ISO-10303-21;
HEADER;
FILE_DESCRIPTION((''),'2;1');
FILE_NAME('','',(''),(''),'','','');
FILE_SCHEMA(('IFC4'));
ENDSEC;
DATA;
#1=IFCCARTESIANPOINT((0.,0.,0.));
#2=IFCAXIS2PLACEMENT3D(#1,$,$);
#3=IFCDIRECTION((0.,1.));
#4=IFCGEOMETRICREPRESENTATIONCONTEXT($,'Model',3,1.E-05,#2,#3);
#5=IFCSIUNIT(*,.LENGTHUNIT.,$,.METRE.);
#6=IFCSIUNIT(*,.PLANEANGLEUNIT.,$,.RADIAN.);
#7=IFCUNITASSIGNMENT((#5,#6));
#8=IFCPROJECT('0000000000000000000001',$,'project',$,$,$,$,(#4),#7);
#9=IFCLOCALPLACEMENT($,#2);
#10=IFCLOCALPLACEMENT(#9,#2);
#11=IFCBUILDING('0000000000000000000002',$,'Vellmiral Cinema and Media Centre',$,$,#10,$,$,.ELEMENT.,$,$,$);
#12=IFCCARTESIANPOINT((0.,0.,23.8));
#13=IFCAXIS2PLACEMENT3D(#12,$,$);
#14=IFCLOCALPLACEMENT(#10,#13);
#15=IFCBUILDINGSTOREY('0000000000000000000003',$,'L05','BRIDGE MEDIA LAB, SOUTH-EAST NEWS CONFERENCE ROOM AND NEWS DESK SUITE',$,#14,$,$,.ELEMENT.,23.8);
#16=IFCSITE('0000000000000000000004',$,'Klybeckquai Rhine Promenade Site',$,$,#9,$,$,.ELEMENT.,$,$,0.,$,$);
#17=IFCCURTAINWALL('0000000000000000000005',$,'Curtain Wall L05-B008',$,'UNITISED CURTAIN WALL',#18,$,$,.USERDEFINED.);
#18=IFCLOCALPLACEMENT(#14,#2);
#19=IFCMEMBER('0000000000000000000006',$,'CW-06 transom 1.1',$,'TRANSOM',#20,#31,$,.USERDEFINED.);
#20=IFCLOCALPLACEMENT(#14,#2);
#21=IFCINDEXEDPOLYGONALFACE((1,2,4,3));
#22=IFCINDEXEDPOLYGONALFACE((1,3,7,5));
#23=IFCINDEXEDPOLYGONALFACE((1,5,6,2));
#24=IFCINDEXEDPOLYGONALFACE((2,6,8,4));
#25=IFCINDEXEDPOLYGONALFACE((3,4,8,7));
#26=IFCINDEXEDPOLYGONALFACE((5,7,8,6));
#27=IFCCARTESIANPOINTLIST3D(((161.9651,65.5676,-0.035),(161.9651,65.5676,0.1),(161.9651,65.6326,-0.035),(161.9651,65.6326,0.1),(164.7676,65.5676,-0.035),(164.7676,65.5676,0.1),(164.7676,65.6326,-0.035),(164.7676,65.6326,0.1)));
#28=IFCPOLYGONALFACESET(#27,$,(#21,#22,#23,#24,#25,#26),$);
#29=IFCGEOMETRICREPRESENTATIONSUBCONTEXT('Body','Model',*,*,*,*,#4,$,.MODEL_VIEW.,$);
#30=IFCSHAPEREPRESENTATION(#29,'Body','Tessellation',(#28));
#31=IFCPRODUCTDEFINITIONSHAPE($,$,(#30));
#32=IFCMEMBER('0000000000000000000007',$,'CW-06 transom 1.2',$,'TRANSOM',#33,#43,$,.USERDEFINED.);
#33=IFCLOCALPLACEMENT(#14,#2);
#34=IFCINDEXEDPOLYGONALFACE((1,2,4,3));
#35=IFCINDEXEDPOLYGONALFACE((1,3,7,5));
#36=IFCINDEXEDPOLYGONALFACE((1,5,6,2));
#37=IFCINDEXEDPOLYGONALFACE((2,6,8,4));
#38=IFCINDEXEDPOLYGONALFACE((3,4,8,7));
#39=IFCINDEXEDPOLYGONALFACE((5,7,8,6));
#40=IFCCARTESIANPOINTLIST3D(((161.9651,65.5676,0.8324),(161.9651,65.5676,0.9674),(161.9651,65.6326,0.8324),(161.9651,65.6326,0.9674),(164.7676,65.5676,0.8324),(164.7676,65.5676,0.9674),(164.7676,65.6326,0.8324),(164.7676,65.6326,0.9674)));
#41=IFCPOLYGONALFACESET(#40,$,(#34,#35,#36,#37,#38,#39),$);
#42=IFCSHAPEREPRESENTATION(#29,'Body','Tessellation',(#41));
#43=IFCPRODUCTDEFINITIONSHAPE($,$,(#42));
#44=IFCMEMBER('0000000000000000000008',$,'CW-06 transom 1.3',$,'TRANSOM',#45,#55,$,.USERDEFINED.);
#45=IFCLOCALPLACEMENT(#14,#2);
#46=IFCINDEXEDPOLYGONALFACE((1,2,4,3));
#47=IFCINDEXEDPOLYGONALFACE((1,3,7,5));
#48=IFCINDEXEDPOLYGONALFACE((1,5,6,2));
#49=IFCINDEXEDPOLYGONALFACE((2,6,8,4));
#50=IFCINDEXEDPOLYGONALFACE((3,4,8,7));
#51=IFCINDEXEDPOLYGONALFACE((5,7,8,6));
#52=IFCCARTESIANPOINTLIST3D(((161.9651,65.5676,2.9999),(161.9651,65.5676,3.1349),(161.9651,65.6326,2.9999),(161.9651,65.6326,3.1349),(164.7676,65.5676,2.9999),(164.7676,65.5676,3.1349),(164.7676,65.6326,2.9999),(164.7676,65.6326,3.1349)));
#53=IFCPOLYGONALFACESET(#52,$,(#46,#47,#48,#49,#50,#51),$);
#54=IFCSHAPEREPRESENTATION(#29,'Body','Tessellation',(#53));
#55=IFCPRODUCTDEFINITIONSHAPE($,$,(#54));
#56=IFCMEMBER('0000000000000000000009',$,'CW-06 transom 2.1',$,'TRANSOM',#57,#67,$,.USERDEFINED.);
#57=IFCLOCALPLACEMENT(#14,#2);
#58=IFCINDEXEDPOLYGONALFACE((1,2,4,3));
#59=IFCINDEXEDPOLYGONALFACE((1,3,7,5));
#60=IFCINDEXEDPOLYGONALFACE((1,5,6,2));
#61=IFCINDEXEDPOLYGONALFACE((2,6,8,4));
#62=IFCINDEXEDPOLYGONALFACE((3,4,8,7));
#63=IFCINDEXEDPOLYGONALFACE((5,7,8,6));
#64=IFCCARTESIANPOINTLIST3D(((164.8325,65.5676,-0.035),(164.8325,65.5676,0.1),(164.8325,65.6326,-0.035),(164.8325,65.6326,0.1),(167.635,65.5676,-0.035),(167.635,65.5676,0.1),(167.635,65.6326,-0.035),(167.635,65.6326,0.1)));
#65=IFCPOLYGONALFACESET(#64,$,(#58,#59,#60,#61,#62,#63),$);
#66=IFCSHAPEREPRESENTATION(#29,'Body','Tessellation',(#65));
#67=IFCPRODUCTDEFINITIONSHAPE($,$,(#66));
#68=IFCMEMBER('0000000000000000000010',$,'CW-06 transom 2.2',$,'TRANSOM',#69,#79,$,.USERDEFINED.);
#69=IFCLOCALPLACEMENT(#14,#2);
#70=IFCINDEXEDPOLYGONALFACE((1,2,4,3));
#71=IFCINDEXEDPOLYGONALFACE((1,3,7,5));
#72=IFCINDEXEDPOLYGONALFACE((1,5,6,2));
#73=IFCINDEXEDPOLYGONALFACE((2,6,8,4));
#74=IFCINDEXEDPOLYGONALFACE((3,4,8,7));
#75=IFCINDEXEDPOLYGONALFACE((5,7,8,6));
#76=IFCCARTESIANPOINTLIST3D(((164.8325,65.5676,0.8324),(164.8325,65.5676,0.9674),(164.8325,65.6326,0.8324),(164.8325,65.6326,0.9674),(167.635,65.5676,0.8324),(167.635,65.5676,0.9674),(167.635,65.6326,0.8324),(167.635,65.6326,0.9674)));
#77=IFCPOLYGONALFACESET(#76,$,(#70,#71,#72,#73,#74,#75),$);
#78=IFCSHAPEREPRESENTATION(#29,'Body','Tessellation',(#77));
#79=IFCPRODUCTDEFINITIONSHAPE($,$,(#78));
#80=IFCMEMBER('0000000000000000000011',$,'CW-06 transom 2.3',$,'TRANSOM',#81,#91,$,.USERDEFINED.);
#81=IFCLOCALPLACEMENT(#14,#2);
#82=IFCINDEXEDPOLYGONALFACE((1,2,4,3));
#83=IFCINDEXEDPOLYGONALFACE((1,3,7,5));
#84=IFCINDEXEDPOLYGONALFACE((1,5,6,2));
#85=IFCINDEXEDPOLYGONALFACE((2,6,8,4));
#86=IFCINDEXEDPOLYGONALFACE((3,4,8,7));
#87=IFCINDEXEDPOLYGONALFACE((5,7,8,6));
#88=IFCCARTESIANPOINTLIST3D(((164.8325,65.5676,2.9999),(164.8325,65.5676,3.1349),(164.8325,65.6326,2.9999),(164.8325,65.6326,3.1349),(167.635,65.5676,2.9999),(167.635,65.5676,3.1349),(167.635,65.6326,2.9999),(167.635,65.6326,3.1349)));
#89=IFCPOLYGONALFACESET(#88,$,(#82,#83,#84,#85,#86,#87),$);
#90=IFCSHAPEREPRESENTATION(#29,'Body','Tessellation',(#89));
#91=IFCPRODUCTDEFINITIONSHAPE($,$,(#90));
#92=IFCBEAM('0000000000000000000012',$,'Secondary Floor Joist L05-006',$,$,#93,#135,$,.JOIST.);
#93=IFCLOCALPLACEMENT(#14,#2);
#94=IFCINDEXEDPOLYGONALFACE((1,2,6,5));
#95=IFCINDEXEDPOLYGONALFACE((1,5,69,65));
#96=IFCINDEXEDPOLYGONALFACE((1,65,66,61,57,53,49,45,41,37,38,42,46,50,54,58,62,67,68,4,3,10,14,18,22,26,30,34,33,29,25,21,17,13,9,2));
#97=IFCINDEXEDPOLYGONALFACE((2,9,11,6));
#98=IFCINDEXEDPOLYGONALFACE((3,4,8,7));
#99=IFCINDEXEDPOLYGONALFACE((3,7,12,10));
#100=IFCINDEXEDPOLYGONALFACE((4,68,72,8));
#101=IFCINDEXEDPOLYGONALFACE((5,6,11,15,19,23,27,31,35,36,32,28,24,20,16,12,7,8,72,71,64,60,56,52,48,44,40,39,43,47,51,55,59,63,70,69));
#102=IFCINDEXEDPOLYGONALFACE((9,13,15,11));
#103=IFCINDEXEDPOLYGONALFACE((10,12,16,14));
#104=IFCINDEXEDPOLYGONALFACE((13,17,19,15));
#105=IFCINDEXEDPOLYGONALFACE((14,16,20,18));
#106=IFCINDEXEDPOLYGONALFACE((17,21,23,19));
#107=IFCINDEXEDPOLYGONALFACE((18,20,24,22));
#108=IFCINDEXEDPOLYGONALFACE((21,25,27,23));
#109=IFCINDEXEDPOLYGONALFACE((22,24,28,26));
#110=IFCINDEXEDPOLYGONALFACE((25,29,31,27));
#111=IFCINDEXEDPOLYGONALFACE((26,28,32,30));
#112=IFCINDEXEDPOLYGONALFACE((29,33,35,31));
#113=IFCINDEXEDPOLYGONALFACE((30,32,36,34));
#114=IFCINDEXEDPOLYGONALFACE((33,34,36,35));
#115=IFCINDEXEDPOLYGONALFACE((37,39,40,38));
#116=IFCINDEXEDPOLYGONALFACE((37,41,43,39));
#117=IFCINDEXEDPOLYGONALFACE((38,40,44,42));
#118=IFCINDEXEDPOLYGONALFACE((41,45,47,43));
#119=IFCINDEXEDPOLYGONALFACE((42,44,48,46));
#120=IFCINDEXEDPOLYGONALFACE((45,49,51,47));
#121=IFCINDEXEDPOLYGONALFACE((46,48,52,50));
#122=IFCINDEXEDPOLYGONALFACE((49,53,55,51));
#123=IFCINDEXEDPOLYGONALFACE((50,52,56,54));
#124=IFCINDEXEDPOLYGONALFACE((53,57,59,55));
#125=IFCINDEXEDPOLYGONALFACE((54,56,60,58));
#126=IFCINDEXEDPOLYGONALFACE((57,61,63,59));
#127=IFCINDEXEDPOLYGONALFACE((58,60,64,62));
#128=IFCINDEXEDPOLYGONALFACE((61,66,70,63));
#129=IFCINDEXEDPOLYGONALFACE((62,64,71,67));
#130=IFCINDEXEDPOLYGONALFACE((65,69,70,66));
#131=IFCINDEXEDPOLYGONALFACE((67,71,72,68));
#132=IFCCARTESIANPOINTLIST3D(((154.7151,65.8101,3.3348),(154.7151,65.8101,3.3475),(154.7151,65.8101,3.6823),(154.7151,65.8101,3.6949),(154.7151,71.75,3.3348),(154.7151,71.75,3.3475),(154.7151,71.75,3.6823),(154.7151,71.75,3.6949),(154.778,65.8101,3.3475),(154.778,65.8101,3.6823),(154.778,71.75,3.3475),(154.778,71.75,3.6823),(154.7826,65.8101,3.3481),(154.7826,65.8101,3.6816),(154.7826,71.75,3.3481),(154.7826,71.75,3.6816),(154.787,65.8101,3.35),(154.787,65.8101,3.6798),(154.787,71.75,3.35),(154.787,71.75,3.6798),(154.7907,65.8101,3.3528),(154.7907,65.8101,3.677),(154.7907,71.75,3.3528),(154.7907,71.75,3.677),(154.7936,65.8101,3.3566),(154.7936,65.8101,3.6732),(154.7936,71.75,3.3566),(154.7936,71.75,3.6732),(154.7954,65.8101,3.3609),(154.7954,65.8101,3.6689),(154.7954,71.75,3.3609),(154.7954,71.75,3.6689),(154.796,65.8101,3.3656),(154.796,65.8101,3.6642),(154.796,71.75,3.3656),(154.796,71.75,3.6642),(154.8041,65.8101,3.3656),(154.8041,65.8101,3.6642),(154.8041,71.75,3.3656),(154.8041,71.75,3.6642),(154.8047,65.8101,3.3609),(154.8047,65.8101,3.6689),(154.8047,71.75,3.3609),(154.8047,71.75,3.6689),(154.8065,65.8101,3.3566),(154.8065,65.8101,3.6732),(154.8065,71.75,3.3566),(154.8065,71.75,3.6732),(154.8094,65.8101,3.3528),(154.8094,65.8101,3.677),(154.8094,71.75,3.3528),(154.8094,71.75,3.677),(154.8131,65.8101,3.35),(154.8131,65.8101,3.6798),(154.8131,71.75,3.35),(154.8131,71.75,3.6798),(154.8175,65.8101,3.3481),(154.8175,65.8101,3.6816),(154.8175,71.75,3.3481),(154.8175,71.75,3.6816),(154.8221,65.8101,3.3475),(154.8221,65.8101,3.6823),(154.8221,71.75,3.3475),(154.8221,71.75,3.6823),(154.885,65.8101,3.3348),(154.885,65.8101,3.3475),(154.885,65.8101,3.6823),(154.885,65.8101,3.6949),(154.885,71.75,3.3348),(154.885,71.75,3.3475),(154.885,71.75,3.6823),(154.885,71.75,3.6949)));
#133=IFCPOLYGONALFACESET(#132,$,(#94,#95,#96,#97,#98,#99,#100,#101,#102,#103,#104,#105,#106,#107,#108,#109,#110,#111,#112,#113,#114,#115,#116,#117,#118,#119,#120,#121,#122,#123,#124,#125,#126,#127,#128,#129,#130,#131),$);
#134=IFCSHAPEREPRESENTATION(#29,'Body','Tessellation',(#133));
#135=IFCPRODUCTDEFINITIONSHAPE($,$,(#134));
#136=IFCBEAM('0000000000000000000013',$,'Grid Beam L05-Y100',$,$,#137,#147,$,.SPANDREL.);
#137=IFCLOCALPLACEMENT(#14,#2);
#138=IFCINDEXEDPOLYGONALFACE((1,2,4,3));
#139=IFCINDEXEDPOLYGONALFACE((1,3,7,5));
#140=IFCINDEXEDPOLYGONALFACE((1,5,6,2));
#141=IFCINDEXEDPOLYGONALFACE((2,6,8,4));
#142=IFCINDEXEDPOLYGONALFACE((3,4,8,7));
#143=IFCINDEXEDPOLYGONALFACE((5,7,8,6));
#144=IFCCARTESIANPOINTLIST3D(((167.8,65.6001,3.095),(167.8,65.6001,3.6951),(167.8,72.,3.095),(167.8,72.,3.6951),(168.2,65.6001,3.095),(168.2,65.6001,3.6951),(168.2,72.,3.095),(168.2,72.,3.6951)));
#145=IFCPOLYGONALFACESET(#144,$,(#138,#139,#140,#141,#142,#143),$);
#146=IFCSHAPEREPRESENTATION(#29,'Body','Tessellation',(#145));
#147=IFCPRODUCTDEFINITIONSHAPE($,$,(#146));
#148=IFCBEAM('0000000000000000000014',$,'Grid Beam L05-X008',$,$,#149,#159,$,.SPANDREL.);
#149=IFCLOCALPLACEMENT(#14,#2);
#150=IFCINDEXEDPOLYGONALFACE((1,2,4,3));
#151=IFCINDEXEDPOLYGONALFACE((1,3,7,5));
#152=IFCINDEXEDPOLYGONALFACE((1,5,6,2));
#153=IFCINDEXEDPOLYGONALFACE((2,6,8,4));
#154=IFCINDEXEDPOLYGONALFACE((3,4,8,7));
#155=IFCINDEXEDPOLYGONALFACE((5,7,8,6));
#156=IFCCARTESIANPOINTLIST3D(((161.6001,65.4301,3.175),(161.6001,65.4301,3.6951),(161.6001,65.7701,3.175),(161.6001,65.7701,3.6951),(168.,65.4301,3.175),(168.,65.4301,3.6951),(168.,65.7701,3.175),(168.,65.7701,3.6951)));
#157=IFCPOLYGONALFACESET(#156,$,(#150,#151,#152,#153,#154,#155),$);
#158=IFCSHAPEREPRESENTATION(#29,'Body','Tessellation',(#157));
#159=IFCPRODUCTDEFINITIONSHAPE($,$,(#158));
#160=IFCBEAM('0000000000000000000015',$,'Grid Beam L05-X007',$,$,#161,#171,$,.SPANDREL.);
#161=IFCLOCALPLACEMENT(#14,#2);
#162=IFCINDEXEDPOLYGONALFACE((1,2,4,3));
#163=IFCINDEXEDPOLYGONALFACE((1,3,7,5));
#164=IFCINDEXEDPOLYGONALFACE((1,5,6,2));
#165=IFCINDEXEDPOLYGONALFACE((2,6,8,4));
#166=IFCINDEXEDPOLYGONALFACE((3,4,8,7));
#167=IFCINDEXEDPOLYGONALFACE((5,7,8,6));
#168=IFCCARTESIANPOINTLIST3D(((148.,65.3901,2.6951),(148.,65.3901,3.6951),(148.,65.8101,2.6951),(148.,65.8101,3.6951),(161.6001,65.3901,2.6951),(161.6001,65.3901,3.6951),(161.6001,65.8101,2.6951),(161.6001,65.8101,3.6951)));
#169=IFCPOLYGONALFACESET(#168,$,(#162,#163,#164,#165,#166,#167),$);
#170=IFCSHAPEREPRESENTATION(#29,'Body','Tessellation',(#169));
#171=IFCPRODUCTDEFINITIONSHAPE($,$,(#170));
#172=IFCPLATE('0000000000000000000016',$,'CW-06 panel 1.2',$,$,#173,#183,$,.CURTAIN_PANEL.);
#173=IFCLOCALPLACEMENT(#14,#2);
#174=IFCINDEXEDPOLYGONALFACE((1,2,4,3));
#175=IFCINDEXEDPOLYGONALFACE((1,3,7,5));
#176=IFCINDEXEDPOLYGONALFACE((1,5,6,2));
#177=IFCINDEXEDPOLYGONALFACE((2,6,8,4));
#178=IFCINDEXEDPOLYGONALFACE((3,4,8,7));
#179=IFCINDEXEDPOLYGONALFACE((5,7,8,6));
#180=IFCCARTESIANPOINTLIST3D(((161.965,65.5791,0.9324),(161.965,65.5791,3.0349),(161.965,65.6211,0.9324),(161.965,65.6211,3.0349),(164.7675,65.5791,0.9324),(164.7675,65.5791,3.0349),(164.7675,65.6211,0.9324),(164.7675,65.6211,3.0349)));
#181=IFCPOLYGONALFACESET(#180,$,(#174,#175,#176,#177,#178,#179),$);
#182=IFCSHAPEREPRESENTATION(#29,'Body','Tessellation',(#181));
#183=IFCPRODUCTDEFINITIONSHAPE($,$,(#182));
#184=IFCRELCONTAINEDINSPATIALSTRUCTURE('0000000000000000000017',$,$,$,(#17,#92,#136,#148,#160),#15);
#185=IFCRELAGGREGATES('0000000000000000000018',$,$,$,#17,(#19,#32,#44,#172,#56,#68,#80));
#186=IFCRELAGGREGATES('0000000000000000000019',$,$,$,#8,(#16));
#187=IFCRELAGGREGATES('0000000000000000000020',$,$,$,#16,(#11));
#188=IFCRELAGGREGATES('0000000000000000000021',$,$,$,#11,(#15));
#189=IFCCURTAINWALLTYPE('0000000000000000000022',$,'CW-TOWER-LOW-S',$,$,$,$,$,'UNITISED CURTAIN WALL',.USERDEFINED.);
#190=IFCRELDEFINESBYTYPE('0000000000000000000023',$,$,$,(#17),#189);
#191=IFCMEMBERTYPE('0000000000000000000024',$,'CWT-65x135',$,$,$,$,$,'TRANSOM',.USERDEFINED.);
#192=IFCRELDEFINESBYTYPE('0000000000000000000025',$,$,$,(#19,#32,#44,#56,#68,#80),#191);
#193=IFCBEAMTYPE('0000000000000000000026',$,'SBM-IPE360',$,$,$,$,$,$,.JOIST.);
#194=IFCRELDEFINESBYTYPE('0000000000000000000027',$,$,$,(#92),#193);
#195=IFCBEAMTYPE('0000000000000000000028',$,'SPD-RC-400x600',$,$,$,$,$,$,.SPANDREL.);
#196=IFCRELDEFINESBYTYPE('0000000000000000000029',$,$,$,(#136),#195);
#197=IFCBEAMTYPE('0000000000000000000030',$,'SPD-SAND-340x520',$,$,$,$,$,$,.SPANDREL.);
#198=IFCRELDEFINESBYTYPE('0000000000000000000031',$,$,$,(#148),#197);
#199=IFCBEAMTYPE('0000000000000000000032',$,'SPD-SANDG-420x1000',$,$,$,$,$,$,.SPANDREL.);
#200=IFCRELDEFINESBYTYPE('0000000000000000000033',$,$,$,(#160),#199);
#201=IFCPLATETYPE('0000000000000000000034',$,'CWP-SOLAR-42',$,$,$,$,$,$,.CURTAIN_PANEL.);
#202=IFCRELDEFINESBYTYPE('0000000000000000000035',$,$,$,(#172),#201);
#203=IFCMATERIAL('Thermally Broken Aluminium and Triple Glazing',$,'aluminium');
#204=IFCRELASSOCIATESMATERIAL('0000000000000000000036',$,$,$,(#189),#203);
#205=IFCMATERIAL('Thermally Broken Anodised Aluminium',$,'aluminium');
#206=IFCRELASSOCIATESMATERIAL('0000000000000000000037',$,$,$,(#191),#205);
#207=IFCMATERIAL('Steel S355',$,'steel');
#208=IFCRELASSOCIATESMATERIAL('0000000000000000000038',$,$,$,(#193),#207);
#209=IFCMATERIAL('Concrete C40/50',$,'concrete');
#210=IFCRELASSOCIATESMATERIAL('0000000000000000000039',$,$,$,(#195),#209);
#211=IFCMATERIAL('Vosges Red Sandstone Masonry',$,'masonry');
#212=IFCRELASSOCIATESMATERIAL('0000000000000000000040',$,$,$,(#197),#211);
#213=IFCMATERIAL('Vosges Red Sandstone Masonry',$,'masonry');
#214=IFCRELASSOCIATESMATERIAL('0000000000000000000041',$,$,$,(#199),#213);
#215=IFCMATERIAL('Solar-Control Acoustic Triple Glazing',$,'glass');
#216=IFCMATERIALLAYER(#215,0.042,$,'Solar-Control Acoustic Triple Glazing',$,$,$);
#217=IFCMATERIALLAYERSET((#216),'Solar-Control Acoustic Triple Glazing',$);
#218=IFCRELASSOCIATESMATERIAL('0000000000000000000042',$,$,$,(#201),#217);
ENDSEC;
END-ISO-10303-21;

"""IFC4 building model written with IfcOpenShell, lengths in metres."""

from ifc_helpers import new_model, si_unit, direction, frame, origin, origin_2d, place, context, subcontext, project, spatial, rectangle, i_section, extrude, material, layer, layer_set, material_profile, profile_set, type_object, element, aggregate, save


model = new_model("IFC4")

# Units and contexts
model_context = context("Model", 3, precision=1e-05, world=origin(), true_north=direction((0.0, 1.0)))
body_context = subcontext(model_context, "Body", "Model", "MODEL_VIEW")
ifc_project = project(units=[si_unit("LENGTHUNIT", "METRE"), si_unit("PLANEANGLEUNIT", "RADIAN")], contexts=[model_context])

# Site, building, storey
site_placement = place(None, origin())
site = spatial("IfcSite", under=ifc_project, at=site_placement, Name="Klybeckquai Rhine Promenade Site", CompositionType="ELEMENT", RefElevation=0.0)
building_placement = place(site_placement, origin())
building = spatial("IfcBuilding", under=site, at=building_placement, Name="Vellmiral Cinema and Media Centre", CompositionType="ELEMENT")
storey_placement = place(building_placement, frame((0.0, 0.0, 23.8)))
storey = spatial("IfcBuildingStorey", under=building, at=storey_placement, Name="L05", Description="BRIDGE MEDIA LAB, SOUTH-EAST NEWS CONFERENCE ROOM AND NEWS DESK SUITE", CompositionType="ELEMENT", Elevation=23.8)

# Shared definitions
ifc_material_1 = material(Name="Thermally Broken Aluminium and Triple Glazing", Category="aluminium")
curtain_wall_type = type_object("IfcCurtainWallType", Name="CW-TOWER-LOW-S", ElementType="UNITISED CURTAIN WALL", PredefinedType="USERDEFINED", material=ifc_material_1)

# Curtain wall, members
curtain_wall_1_placement = place(storey_placement, origin())
curtain_wall_1 = element("IfcCurtainWall", 1, at=curtain_wall_1_placement, inside=storey, type_object=curtain_wall_type, Name="Curtain Wall L05-B008", ObjectType="UNITISED CURTAIN WALL", PredefinedType="USERDEFINED")
ifc_material_2 = material(Name="Thermally Broken Anodised Aluminium", Category="aluminium")
ifc_material_profile_1 = material_profile(ifc_material_2, rectangle(XDim=0.0649, YDim=0.135, at=origin_2d()), Name="MULL 65x135")
ifc_profile_set_1 = profile_set([ifc_material_profile_1], Name="Thermally Broken Anodised Aluminium")
member_type_1 = type_object("IfcMemberType", Name="CWT-65x135", ElementType="TRANSOM", PredefinedType="USERDEFINED", material=ifc_profile_set_1)
member_1_placement = place(storey_placement, frame((161.9651, 65.6001, 0.0325), z_axis=(1.0, 0.0, 0.0), x_axis=(0.0, 1.0, 0.0)))
member_1 = element("IfcMember", 2, at=member_1_placement, type_object=member_type_1, Name="CW-06 transom 1.1", ObjectType="TRANSOM", PredefinedType="USERDEFINED", context=body_context, shape_type="SweptSolid", body=[
    extrude(rectangle(XDim=0.0649, YDim=0.135, at=origin_2d()), origin(), (0.0, 0.0, 1.0), 2.8025),
])
member_2_placement = place(storey_placement, frame((161.9651, 65.6001, 0.8999), z_axis=(1.0, 0.0, 0.0), x_axis=(0.0, 1.0, 0.0)))
member_2 = element("IfcMember", 3, at=member_2_placement, type_object=member_type_1, Name="CW-06 transom 1.2", ObjectType="TRANSOM", PredefinedType="USERDEFINED", context=body_context, shape_type="SweptSolid", body=[
    extrude(rectangle(XDim=0.0649, YDim=0.135, at=origin_2d()), origin(), (0.0, 0.0, 1.0), 2.8025),
])
member_3_placement = place(storey_placement, frame((161.9651, 65.6001, 3.0674), z_axis=(1.0, 0.0, 0.0), x_axis=(0.0, 1.0, 0.0)))
member_3 = element("IfcMember", 4, at=member_3_placement, type_object=member_type_1, Name="CW-06 transom 1.3", ObjectType="TRANSOM", PredefinedType="USERDEFINED", context=body_context, shape_type="SweptSolid", body=[
    extrude(rectangle(XDim=0.0649, YDim=0.135, at=origin_2d()), origin(), (0.0, 0.0, 1.0), 2.8025),
])
member_4_placement = place(storey_placement, frame((164.8325, 65.6001, 0.0325), z_axis=(1.0, 0.0, 0.0), x_axis=(0.0, 1.0, 0.0)))
member_4 = element("IfcMember", 5, at=member_4_placement, type_object=member_type_1, Name="CW-06 transom 2.1", ObjectType="TRANSOM", PredefinedType="USERDEFINED", context=body_context, shape_type="SweptSolid", body=[
    extrude(rectangle(XDim=0.0649, YDim=0.135, at=origin_2d()), origin(), (0.0, 0.0, 1.0), 2.8025),
])
member_5_placement = place(storey_placement, frame((164.8325, 65.6001, 0.8999), z_axis=(1.0, 0.0, 0.0), x_axis=(0.0, 1.0, 0.0)))
member_5 = element("IfcMember", 6, at=member_5_placement, type_object=member_type_1, Name="CW-06 transom 2.2", ObjectType="TRANSOM", PredefinedType="USERDEFINED", context=body_context, shape_type="SweptSolid", body=[
    extrude(rectangle(XDim=0.0649, YDim=0.135, at=origin_2d()), origin(), (0.0, 0.0, 1.0), 2.8025),
])
member_6_placement = place(storey_placement, frame((164.8325, 65.6001, 3.0674), z_axis=(1.0, 0.0, 0.0), x_axis=(0.0, 1.0, 0.0)))
member_6 = element("IfcMember", 7, at=member_6_placement, type_object=member_type_1, Name="CW-06 transom 2.3", ObjectType="TRANSOM", PredefinedType="USERDEFINED", context=body_context, shape_type="SweptSolid", body=[
    extrude(rectangle(XDim=0.0649, YDim=0.135, at=origin_2d()), origin(), (0.0, 0.0, 1.0), 2.8025),
])

# Beams
ifc_material_3 = material(Name="Steel S355", Category="steel")
ifc_material_profile_2 = material_profile(ifc_material_3, i_section(OverallWidth=0.1699, OverallDepth=0.3601, WebThickness=0.0081, FlangeThickness=0.0127, FilletRadius=0.0181, at=origin_2d()), Name="IPE 360")
ifc_profile_set_2 = profile_set([ifc_material_profile_2], Name="Steel S355")
beam_type_1 = type_object("IfcBeamType", Name="SBM-IPE360", PredefinedType="JOIST", material=ifc_profile_set_2)
beam_1_placement = place(storey_placement, frame((154.8, 65.8101, 3.5149), z_axis=(0.0, 1.0, 0.0), x_axis=(-1.0, 0.0, 0.0)))
element("IfcBeam", 8, at=beam_1_placement, inside=storey, type_object=beam_type_1, Name="Secondary Floor Joist L05-006", PredefinedType="JOIST", context=body_context, shape_type="SweptSolid", body=[
    extrude(i_section(OverallWidth=0.1699, OverallDepth=0.3601, WebThickness=0.0081, FlangeThickness=0.0127, FilletRadius=0.0181, at=origin_2d()), origin(), (0.0, 0.0, 1.0), 5.9399),
])
ifc_material_4 = material(Name="Concrete C40/50", Category="concrete")
ifc_material_profile_3 = material_profile(ifc_material_4, rectangle(XDim=0.3999, YDim=0.6001, at=origin_2d()), Name="RC 400x600")
ifc_profile_set_3 = profile_set([ifc_material_profile_3], Name="Concrete C40/50")
beam_type_2 = type_object("IfcBeamType", Name="SPD-RC-400x600", PredefinedType="SPANDREL", material=ifc_profile_set_3)
beam_2_placement = place(storey_placement, frame((168.0, 65.6001, 3.395), z_axis=(0.0, 1.0, 0.0), x_axis=(-1.0, 0.0, 0.0)))
element("IfcBeam", 9, at=beam_2_placement, inside=storey, type_object=beam_type_2, Name="Grid Beam L05-Y100", PredefinedType="SPANDREL", context=body_context, shape_type="SweptSolid", body=[
    extrude(rectangle(XDim=0.3999, YDim=0.6001, at=origin_2d()), origin(), (0.0, 0.0, 1.0), 6.3999),
])
ifc_material_5 = material(Name="Vosges Red Sandstone Masonry", Category="masonry")
ifc_material_profile_4 = material_profile(ifc_material_5, rectangle(XDim=0.3401, YDim=0.52, at=origin_2d()), Name="SAND 340x520")
ifc_profile_set_4 = profile_set([ifc_material_profile_4], Name="Vosges Red Sandstone Masonry")
beam_type_3 = type_object("IfcBeamType", Name="SPD-SAND-340x520", PredefinedType="SPANDREL", material=ifc_profile_set_4)
beam_3_placement = place(storey_placement, frame((161.6001, 65.6001, 3.4351), z_axis=(1.0, 0.0, 0.0), x_axis=(0.0, 1.0, 0.0)))
element("IfcBeam", 10, at=beam_3_placement, inside=storey, type_object=beam_type_3, Name="Grid Beam L05-X008", PredefinedType="SPANDREL", context=body_context, shape_type="SweptSolid", body=[
    extrude(rectangle(XDim=0.3401, YDim=0.52, at=origin_2d()), origin(), (0.0, 0.0, 1.0), 6.3999),
])
ifc_material_6 = material(Name="Vosges Red Sandstone Masonry", Category="masonry")
ifc_material_profile_5 = material_profile(ifc_material_6, rectangle(XDim=0.4199, YDim=1.0, at=origin_2d()), Name="SAND 420x1000")
ifc_profile_set_5 = profile_set([ifc_material_profile_5], Name="Vosges Red Sandstone Masonry")
beam_type_4 = type_object("IfcBeamType", Name="SPD-SANDG-420x1000", PredefinedType="SPANDREL", material=ifc_profile_set_5)
beam_4_placement = place(storey_placement, frame((148.0, 65.6001, 3.1951), z_axis=(1.0, 0.0, 0.0), x_axis=(0.0, 1.0, 0.0)))
element("IfcBeam", 11, at=beam_4_placement, inside=storey, type_object=beam_type_4, Name="Grid Beam L05-X007", PredefinedType="SPANDREL", context=body_context, shape_type="SweptSolid", body=[
    extrude(rectangle(XDim=0.4199, YDim=1.0, at=origin_2d()), origin(), (0.0, 0.0, 1.0), 13.6001),
])

# Plate
ifc_material_7 = material(Name="Solar-Control Acoustic Triple Glazing", Category="glass")
ifc_layer_1 = layer(ifc_material_7, 0.042, Name="Solar-Control Acoustic Triple Glazing")
ifc_layer_set_1 = layer_set([ifc_layer_1], Name="Solar-Control Acoustic Triple Glazing")
plate_type_1 = type_object("IfcPlateType", Name="CWP-SOLAR-42", PredefinedType="CURTAIN_PANEL", material=ifc_layer_set_1)
plate_1_placement = place(storey_placement, frame((163.3662, 65.6001, 0.9324), z_axis=(0.0, 0.0, 1.0), x_axis=(1.0, 0.0, 0.0)))
plate_1 = element("IfcPlate", 12, at=plate_1_placement, type_object=plate_type_1, Name="CW-06 panel 1.2", PredefinedType="CURTAIN_PANEL", context=body_context, shape_type="SweptSolid", body=[
    extrude(rectangle(XDim=2.8025, YDim=0.042, at=origin_2d()), origin(), (0.0, 0.0, 1.0), 2.1025),
])
aggregate(curtain_wall_1, [member_1, member_2, member_3, plate_1, member_4, member_5, member_6])

save(model, "model.ifc")
